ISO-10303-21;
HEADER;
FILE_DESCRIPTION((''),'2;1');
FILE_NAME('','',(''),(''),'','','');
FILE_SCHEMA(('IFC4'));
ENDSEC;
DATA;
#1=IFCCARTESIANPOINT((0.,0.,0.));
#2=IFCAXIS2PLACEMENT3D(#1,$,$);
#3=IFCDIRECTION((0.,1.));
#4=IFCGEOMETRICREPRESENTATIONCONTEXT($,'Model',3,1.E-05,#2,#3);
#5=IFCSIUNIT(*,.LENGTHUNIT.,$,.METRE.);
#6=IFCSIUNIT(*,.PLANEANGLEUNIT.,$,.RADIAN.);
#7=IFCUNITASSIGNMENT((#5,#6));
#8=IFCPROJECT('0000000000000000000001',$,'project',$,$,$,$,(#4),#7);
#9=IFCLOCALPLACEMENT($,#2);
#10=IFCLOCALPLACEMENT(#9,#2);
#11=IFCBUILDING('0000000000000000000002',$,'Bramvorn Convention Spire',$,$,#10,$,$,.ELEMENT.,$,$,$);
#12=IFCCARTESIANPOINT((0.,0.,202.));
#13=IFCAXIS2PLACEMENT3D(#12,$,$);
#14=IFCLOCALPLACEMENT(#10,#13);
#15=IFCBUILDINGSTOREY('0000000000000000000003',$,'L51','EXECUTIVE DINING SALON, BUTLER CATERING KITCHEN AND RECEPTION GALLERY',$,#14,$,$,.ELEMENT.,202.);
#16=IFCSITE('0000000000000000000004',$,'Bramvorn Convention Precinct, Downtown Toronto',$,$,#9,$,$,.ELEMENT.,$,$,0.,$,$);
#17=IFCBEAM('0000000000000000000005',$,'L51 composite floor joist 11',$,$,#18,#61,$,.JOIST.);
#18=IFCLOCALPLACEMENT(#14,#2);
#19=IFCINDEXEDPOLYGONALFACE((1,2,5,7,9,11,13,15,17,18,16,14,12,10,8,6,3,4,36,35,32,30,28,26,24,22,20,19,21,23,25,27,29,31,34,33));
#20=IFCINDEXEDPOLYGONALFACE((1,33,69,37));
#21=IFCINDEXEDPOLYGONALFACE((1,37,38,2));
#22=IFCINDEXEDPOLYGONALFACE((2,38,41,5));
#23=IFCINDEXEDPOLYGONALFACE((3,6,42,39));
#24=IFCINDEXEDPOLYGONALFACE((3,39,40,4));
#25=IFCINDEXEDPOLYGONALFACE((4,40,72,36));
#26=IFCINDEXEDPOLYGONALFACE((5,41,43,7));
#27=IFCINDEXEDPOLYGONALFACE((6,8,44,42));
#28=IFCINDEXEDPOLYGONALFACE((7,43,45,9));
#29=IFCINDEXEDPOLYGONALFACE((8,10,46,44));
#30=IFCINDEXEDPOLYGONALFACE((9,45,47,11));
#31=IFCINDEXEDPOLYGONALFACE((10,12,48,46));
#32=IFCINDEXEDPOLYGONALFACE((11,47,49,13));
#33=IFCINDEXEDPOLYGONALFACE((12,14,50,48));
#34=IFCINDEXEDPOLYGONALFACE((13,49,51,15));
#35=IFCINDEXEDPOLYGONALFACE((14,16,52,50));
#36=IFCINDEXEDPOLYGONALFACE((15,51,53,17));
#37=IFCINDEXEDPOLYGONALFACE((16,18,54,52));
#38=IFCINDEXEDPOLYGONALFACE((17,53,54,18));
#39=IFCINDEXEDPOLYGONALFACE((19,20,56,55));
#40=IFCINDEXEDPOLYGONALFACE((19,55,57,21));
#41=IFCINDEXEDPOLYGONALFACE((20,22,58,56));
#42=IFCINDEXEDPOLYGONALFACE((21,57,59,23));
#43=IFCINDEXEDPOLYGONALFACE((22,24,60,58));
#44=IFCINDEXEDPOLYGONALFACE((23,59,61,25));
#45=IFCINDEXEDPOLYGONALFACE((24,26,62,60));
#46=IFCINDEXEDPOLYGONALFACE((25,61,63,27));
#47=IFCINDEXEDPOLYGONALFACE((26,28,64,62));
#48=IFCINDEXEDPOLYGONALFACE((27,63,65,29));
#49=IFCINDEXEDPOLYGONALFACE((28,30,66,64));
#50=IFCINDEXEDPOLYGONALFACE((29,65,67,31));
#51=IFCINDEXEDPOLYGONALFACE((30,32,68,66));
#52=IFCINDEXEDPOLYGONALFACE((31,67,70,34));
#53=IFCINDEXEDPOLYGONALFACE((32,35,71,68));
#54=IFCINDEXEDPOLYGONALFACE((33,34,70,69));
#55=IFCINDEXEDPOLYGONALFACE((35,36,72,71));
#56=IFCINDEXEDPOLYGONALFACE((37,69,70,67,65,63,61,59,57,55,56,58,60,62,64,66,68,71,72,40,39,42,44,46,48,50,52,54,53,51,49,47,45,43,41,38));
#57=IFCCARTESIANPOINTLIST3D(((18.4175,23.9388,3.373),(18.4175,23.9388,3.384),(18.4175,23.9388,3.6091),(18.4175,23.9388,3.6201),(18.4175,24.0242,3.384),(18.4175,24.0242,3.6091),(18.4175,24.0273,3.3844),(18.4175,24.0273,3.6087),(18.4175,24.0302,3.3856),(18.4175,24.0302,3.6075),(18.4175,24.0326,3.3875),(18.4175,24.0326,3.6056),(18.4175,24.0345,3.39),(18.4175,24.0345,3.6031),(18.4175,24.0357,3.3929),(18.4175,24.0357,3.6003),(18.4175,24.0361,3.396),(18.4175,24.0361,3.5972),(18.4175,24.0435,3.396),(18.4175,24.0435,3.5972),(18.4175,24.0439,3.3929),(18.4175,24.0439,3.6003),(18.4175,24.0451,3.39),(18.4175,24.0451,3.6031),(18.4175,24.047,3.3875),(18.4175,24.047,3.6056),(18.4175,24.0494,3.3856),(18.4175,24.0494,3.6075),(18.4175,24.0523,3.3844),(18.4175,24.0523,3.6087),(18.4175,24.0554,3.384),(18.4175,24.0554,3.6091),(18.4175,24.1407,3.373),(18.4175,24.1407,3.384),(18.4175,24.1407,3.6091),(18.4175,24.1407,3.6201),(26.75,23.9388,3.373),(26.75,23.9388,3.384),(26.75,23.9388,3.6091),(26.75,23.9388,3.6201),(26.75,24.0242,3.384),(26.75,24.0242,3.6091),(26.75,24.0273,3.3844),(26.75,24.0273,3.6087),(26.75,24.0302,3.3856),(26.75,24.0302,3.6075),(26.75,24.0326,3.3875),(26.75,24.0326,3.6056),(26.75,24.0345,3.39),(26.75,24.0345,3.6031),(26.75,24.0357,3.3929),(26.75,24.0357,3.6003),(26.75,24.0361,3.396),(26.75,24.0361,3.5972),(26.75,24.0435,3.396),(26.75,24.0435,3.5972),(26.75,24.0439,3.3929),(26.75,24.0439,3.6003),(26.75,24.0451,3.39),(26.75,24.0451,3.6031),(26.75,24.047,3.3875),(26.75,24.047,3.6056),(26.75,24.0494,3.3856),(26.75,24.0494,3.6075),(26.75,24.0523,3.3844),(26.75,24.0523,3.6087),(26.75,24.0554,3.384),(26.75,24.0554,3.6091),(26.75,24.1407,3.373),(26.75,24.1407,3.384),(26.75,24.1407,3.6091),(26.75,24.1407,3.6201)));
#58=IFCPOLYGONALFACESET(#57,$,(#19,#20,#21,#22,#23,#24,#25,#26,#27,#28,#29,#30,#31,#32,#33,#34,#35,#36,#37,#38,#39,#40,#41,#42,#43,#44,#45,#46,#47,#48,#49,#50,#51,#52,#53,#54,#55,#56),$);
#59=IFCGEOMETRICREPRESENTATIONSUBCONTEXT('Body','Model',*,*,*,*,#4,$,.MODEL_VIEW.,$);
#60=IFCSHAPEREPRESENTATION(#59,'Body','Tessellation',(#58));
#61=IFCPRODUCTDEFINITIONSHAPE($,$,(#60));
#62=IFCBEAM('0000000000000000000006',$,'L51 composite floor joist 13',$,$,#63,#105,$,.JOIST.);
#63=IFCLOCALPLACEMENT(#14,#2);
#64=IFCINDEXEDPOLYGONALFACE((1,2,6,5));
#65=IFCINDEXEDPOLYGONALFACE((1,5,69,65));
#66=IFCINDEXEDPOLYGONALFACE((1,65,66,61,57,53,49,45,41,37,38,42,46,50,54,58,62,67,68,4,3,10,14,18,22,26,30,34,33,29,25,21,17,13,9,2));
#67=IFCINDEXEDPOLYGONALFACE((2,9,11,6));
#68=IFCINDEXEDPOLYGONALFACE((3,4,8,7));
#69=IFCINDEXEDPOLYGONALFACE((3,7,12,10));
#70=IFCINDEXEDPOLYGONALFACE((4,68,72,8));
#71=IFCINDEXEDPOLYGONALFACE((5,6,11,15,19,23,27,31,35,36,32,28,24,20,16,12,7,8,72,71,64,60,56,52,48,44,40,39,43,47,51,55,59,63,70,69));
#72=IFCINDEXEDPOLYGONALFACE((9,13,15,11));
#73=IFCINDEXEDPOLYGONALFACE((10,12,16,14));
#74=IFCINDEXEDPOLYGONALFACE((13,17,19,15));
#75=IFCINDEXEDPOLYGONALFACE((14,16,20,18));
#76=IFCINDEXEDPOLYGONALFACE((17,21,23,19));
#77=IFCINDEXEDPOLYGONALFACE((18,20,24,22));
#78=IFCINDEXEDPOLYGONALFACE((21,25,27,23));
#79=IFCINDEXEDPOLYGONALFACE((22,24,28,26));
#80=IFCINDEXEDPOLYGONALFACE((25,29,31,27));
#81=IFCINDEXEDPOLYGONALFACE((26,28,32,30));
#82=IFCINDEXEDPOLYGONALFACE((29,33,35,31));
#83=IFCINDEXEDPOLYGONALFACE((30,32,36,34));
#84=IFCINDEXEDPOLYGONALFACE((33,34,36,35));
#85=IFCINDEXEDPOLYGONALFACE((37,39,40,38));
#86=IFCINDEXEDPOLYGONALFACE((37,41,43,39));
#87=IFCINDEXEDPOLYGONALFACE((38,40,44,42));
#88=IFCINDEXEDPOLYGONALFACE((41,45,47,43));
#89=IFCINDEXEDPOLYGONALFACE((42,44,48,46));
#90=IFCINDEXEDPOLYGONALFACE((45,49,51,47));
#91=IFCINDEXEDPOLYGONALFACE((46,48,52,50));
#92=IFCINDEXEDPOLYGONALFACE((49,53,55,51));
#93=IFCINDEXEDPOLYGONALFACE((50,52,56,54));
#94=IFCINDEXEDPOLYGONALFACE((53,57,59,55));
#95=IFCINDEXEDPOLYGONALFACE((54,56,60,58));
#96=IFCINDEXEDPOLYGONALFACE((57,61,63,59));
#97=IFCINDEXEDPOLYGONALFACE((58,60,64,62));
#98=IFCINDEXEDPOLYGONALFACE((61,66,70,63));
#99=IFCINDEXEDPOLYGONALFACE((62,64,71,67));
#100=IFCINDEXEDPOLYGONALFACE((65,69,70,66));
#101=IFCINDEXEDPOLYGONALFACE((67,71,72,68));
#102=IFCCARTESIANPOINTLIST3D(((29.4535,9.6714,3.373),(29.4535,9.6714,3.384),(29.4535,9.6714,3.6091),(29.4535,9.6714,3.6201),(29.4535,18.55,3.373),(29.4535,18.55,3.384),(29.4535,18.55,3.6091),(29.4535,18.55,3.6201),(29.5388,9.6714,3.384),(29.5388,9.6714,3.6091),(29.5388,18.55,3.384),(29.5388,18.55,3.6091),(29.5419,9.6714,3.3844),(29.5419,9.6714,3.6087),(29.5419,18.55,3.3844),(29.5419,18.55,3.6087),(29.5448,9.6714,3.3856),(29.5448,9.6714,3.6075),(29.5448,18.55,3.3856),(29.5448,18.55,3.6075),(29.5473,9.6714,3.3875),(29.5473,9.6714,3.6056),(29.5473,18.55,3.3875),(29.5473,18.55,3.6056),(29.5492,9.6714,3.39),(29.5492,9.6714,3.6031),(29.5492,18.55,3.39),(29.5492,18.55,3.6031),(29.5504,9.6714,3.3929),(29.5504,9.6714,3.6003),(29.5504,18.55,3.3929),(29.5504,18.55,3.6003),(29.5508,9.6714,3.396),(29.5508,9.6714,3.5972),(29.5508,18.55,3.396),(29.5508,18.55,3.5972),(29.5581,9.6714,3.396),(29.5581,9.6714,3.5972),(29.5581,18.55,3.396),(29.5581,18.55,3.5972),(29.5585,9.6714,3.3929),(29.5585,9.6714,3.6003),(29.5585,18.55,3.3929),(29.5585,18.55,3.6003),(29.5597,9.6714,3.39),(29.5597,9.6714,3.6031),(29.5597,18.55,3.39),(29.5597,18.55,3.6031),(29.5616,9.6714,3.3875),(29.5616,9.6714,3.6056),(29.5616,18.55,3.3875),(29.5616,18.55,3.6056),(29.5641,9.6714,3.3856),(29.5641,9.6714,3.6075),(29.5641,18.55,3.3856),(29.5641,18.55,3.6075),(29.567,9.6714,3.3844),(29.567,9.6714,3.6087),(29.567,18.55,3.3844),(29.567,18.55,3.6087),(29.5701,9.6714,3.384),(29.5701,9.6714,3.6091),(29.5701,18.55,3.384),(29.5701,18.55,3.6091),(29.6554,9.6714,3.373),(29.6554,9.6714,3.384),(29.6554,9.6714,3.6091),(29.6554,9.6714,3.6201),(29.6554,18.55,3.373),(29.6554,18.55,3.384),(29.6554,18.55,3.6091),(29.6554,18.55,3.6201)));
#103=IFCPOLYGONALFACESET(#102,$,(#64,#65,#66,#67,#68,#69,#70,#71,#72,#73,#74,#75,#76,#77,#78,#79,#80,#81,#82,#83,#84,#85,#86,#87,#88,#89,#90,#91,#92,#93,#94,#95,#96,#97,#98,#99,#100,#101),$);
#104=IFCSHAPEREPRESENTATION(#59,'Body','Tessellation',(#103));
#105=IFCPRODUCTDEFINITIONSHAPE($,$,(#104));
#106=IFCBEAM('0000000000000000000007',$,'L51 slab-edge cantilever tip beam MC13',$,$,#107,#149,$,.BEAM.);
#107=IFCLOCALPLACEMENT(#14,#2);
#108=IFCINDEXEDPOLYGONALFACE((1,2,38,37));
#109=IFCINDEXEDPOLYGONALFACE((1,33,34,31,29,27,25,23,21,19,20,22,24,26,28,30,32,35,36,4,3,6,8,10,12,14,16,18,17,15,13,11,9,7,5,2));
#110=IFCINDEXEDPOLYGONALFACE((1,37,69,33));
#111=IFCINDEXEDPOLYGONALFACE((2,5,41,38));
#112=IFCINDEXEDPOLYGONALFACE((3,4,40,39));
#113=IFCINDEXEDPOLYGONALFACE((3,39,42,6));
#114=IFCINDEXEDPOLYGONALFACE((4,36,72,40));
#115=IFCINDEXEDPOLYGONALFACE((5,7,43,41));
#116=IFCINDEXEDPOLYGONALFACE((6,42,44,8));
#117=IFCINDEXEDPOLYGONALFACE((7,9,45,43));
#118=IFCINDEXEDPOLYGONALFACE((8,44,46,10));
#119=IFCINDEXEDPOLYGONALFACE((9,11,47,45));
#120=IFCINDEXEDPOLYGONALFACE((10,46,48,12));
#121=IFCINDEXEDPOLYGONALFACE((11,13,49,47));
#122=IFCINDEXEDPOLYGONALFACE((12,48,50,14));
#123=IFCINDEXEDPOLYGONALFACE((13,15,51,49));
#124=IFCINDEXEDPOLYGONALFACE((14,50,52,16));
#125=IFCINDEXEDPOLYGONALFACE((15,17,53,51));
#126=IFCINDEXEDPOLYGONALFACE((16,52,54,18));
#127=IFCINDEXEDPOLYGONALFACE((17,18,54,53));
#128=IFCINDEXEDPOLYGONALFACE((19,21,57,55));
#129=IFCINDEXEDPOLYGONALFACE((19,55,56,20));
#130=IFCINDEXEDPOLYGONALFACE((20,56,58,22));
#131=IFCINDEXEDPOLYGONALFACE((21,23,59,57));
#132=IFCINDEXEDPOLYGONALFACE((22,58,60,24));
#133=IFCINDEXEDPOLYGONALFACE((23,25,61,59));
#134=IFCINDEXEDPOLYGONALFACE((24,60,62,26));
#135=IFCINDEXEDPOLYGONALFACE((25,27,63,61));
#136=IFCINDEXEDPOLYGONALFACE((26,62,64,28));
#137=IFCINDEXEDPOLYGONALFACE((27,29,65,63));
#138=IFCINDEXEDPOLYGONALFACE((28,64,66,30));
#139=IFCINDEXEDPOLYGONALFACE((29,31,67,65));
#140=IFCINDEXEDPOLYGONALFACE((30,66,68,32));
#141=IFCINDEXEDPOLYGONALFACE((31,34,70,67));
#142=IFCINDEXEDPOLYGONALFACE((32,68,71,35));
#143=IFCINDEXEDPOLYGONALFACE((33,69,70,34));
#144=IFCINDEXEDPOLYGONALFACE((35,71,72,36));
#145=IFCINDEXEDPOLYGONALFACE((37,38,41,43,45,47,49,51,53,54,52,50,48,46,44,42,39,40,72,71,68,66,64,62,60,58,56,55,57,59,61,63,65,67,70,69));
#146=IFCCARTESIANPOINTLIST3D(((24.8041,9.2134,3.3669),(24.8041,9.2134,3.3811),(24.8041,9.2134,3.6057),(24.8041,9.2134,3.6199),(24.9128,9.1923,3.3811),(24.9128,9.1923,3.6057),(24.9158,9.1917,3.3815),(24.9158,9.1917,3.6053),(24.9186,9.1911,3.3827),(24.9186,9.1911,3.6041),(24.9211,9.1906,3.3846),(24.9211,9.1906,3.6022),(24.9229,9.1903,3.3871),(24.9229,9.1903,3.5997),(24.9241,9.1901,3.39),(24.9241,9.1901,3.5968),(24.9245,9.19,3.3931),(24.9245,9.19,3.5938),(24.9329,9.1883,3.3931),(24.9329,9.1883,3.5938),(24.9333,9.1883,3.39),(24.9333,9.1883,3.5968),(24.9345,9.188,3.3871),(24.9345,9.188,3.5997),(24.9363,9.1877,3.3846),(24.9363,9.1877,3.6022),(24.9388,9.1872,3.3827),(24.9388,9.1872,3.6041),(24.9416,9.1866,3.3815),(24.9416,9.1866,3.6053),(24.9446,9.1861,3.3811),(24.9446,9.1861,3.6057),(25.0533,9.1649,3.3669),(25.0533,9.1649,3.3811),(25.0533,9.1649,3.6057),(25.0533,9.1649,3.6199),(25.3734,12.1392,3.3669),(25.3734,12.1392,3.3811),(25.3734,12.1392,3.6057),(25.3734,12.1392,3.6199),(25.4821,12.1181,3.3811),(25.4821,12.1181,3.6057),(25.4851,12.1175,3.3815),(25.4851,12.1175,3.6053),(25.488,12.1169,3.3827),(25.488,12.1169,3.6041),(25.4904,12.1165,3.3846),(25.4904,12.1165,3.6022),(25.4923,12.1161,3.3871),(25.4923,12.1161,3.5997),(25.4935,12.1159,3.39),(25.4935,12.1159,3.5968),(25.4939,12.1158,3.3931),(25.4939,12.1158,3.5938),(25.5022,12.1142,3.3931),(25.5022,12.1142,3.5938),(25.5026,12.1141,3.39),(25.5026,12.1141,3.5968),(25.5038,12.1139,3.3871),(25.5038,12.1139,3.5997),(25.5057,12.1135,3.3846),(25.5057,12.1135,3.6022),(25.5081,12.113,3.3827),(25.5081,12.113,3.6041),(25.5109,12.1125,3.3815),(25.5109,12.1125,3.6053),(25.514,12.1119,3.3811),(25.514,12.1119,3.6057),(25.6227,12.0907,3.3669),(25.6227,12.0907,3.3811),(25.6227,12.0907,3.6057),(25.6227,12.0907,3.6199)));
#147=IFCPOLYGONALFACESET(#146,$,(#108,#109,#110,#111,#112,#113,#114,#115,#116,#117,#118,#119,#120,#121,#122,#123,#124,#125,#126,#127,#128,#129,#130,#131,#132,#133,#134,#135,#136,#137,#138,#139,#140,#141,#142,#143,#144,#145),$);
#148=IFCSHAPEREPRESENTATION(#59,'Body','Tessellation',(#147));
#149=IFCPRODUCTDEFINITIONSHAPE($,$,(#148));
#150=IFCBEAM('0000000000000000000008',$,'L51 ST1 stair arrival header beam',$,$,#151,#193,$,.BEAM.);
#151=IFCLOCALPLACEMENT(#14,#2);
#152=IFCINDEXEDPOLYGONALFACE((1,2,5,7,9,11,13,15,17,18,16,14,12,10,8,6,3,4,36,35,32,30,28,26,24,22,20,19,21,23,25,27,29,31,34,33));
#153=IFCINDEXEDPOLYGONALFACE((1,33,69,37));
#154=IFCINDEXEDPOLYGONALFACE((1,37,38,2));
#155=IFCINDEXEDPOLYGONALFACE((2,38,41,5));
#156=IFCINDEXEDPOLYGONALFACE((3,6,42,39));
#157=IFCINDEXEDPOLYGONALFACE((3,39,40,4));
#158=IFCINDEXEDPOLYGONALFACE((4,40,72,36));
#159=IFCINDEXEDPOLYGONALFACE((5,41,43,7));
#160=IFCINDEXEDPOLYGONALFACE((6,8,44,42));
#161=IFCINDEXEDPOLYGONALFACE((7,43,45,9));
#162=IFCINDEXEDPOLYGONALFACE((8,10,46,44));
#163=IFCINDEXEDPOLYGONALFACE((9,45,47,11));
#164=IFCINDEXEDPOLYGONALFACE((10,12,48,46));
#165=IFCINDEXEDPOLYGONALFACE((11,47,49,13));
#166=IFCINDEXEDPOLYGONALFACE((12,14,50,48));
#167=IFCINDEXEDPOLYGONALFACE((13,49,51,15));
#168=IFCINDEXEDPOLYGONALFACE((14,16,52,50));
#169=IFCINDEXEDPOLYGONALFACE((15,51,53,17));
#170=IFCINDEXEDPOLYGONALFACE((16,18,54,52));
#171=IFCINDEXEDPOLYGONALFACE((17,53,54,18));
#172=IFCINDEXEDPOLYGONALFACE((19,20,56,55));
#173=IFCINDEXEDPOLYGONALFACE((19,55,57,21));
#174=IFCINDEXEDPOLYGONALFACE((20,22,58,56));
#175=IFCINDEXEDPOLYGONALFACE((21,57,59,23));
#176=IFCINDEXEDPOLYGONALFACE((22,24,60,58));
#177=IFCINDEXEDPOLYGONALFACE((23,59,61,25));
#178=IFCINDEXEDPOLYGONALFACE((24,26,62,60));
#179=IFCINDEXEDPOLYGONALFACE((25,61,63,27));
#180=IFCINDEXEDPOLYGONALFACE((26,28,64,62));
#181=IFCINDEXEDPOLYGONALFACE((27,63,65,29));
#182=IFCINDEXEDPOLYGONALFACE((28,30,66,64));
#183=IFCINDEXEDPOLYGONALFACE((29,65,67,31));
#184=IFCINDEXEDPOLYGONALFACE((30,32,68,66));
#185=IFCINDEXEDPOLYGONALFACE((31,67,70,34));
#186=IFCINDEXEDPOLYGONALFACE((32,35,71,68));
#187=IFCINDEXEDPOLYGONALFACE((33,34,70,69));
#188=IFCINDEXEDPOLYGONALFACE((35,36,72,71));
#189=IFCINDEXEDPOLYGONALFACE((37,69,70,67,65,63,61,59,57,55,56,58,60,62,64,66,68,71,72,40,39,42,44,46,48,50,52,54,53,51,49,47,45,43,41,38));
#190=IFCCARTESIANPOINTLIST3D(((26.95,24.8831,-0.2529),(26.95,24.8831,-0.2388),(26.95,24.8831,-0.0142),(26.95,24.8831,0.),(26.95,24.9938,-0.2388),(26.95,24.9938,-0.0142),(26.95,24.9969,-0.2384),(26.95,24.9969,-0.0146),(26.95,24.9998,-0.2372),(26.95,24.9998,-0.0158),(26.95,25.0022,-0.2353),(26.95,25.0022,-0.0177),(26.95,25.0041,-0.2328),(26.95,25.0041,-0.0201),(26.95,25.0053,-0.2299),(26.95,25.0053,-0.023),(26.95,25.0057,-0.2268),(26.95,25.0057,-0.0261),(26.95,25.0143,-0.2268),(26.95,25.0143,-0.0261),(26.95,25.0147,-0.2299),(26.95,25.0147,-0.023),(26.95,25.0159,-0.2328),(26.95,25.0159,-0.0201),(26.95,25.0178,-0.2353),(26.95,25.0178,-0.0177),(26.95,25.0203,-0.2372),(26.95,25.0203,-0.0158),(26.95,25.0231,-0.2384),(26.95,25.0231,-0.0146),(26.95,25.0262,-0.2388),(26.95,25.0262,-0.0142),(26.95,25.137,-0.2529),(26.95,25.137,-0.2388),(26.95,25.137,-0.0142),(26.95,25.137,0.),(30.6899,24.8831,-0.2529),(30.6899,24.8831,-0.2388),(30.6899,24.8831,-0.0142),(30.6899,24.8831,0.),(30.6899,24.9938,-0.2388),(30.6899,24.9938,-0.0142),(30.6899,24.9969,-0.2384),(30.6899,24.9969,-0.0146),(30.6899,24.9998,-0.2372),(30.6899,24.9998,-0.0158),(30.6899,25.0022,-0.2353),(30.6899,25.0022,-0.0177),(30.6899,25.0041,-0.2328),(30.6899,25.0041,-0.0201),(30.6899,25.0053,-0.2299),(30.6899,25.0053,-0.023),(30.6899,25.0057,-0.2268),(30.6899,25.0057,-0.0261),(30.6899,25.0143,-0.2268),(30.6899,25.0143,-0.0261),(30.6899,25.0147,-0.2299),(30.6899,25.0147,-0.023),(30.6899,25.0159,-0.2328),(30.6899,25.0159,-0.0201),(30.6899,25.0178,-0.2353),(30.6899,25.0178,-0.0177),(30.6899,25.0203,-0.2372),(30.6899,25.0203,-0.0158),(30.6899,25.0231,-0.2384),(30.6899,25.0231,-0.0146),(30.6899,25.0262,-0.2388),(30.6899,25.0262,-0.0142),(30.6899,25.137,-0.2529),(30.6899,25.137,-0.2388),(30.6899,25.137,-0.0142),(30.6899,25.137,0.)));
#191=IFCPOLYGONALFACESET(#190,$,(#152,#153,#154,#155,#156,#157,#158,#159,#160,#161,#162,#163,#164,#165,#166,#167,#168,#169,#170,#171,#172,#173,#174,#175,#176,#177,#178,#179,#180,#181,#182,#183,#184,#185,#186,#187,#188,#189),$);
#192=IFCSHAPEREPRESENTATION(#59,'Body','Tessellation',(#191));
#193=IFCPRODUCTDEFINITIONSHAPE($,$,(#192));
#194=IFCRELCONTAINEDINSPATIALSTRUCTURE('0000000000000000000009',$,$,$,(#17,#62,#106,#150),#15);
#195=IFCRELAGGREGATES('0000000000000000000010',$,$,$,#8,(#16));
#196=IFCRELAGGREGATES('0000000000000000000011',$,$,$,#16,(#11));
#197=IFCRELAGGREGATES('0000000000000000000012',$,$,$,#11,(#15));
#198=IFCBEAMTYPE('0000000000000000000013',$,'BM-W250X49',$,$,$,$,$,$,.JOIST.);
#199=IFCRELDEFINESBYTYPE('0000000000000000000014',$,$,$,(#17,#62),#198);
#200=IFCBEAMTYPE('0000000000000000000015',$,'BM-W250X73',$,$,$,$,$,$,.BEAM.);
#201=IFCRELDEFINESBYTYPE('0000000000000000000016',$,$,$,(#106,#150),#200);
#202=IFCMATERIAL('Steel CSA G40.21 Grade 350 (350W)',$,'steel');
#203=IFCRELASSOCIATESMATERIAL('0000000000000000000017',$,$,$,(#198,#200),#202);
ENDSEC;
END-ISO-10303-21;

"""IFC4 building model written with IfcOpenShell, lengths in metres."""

from ifc_helpers import new_model, si_unit, direction, frame, origin, origin_2d, place, context, subcontext, project, spatial, i_section, extrude, material, material_profile, profile_set, type_object, element, save


model = new_model("IFC4")

# Units and contexts
model_context = context("Model", 3, precision=1e-05, world=origin(), true_north=direction((0.0, 1.0)))
body_context = subcontext(model_context, "Body", "Model", "MODEL_VIEW")
ifc_project = project(units=[si_unit("LENGTHUNIT", "METRE"), si_unit("PLANEANGLEUNIT", "RADIAN")], contexts=[model_context])

# Site, building, storey
site_placement = place(None, origin())
site = spatial("IfcSite", under=ifc_project, at=site_placement, Name="Bramvorn Convention Precinct, Downtown Toronto", CompositionType="ELEMENT", RefElevation=0.0)
building_placement = place(site_placement, origin())
building = spatial("IfcBuilding", under=site, at=building_placement, Name="Bramvorn Convention Spire", CompositionType="ELEMENT")
storey_placement = place(building_placement, frame((0.0, 0.0, 202.0)))
storey = spatial("IfcBuildingStorey", under=building, at=storey_placement, Name="L51", Description="EXECUTIVE DINING SALON, BUTLER CATERING KITCHEN AND RECEPTION GALLERY", CompositionType="ELEMENT", Elevation=202.0)

# Shared definitions
ifc_material_1 = material(Name="Steel CSA G40.21 Grade 350 (350W)", Category="steel")

# Beams
ifc_material_profile_1 = material_profile(ifc_material_1, i_section(OverallWidth=0.2019, OverallDepth=0.2471, WebThickness=0.0073, FlangeThickness=0.011, FilletRadius=0.012, at=origin_2d()))
ifc_profile_set_1 = profile_set([ifc_material_profile_1], Name="Steel CSA G40.21 Grade 350 (350W) - W250X49")
beam_type_1 = type_object("IfcBeamType", Name="BM-W250X49", PredefinedType="JOIST", material=ifc_profile_set_1)
beam_1_placement = place(storey_placement, frame((26.75, 24.0398, 3.4966), z_axis=(-1.0, 0.0, 0.0), x_axis=(0.0, -1.0, 0.0)))
element("IfcBeam", 1, at=beam_1_placement, inside=storey, type_object=beam_type_1, Name="L51 composite floor joist 11", PredefinedType="JOIST", context=body_context, shape_type="SweptSolid", body=[
    extrude(i_section(OverallWidth=0.2019, OverallDepth=0.2471, WebThickness=0.0073, FlangeThickness=0.011, FilletRadius=0.012, at=origin_2d()), origin(), (0.0, 0.0, 1.0), 8.3325),
])
beam_2_placement = place(storey_placement, frame((29.5544, 18.55, 3.4966), z_axis=(0.0, -1.0, 0.0), x_axis=(1.0, 0.0, 0.0)))
element("IfcBeam", 2, at=beam_2_placement, inside=storey, type_object=beam_type_1, Name="L51 composite floor joist 13", PredefinedType="JOIST", context=body_context, shape_type="SweptSolid", body=[
    extrude(i_section(OverallWidth=0.2019, OverallDepth=0.2471, WebThickness=0.0073, FlangeThickness=0.011, FilletRadius=0.012, at=origin_2d()), origin(), (0.0, 0.0, 1.0), 8.8787),
])
ifc_material_profile_2 = material_profile(ifc_material_1, i_section(OverallWidth=0.2539, OverallDepth=0.2529, WebThickness=0.0085, FlangeThickness=0.0142, FilletRadius=0.012, at=origin_2d()))
ifc_profile_set_2 = profile_set([ifc_material_profile_2], Name="Steel CSA G40.21 Grade 350 (350W) - W250X73")
beam_type_2 = type_object("IfcBeamType", Name="BM-W250X73", PredefinedType="BEAM", material=ifc_profile_set_2)
beam_3_placement = place(storey_placement, frame((25.498, 12.115, 3.4934), z_axis=(-0.19101, -0.981588, 0.0), x_axis=(0.981588, -0.19101, 0.0)))
element("IfcBeam", 3, at=beam_3_placement, inside=storey, type_object=beam_type_2, Name="L51 slab-edge cantilever tip beam MC13", PredefinedType="BEAM", context=body_context, shape_type="SweptSolid", body=[
    extrude(i_section(OverallWidth=0.2539, OverallDepth=0.2529, WebThickness=0.0085, FlangeThickness=0.0142, FilletRadius=0.012, at=origin_2d()), origin(), (0.0, 0.0, 1.0), 2.9807),
])
beam_4_placement = place(storey_placement, frame((26.95, 25.01, -0.1265), z_axis=(1.0, 0.0, 0.0), x_axis=(0.0, 1.0, 0.0)))
element("IfcBeam", 4, at=beam_4_placement, inside=storey, type_object=beam_type_2, Name="L51 ST1 stair arrival header beam", PredefinedType="BEAM", context=body_context, shape_type="SweptSolid", body=[
    extrude(i_section(OverallWidth=0.2539, OverallDepth=0.2529, WebThickness=0.0085, FlangeThickness=0.0142, FilletRadius=0.012, at=origin_2d()), origin(), (0.0, 0.0, 1.0), 3.74),
])

save(model, "model.ifc")
